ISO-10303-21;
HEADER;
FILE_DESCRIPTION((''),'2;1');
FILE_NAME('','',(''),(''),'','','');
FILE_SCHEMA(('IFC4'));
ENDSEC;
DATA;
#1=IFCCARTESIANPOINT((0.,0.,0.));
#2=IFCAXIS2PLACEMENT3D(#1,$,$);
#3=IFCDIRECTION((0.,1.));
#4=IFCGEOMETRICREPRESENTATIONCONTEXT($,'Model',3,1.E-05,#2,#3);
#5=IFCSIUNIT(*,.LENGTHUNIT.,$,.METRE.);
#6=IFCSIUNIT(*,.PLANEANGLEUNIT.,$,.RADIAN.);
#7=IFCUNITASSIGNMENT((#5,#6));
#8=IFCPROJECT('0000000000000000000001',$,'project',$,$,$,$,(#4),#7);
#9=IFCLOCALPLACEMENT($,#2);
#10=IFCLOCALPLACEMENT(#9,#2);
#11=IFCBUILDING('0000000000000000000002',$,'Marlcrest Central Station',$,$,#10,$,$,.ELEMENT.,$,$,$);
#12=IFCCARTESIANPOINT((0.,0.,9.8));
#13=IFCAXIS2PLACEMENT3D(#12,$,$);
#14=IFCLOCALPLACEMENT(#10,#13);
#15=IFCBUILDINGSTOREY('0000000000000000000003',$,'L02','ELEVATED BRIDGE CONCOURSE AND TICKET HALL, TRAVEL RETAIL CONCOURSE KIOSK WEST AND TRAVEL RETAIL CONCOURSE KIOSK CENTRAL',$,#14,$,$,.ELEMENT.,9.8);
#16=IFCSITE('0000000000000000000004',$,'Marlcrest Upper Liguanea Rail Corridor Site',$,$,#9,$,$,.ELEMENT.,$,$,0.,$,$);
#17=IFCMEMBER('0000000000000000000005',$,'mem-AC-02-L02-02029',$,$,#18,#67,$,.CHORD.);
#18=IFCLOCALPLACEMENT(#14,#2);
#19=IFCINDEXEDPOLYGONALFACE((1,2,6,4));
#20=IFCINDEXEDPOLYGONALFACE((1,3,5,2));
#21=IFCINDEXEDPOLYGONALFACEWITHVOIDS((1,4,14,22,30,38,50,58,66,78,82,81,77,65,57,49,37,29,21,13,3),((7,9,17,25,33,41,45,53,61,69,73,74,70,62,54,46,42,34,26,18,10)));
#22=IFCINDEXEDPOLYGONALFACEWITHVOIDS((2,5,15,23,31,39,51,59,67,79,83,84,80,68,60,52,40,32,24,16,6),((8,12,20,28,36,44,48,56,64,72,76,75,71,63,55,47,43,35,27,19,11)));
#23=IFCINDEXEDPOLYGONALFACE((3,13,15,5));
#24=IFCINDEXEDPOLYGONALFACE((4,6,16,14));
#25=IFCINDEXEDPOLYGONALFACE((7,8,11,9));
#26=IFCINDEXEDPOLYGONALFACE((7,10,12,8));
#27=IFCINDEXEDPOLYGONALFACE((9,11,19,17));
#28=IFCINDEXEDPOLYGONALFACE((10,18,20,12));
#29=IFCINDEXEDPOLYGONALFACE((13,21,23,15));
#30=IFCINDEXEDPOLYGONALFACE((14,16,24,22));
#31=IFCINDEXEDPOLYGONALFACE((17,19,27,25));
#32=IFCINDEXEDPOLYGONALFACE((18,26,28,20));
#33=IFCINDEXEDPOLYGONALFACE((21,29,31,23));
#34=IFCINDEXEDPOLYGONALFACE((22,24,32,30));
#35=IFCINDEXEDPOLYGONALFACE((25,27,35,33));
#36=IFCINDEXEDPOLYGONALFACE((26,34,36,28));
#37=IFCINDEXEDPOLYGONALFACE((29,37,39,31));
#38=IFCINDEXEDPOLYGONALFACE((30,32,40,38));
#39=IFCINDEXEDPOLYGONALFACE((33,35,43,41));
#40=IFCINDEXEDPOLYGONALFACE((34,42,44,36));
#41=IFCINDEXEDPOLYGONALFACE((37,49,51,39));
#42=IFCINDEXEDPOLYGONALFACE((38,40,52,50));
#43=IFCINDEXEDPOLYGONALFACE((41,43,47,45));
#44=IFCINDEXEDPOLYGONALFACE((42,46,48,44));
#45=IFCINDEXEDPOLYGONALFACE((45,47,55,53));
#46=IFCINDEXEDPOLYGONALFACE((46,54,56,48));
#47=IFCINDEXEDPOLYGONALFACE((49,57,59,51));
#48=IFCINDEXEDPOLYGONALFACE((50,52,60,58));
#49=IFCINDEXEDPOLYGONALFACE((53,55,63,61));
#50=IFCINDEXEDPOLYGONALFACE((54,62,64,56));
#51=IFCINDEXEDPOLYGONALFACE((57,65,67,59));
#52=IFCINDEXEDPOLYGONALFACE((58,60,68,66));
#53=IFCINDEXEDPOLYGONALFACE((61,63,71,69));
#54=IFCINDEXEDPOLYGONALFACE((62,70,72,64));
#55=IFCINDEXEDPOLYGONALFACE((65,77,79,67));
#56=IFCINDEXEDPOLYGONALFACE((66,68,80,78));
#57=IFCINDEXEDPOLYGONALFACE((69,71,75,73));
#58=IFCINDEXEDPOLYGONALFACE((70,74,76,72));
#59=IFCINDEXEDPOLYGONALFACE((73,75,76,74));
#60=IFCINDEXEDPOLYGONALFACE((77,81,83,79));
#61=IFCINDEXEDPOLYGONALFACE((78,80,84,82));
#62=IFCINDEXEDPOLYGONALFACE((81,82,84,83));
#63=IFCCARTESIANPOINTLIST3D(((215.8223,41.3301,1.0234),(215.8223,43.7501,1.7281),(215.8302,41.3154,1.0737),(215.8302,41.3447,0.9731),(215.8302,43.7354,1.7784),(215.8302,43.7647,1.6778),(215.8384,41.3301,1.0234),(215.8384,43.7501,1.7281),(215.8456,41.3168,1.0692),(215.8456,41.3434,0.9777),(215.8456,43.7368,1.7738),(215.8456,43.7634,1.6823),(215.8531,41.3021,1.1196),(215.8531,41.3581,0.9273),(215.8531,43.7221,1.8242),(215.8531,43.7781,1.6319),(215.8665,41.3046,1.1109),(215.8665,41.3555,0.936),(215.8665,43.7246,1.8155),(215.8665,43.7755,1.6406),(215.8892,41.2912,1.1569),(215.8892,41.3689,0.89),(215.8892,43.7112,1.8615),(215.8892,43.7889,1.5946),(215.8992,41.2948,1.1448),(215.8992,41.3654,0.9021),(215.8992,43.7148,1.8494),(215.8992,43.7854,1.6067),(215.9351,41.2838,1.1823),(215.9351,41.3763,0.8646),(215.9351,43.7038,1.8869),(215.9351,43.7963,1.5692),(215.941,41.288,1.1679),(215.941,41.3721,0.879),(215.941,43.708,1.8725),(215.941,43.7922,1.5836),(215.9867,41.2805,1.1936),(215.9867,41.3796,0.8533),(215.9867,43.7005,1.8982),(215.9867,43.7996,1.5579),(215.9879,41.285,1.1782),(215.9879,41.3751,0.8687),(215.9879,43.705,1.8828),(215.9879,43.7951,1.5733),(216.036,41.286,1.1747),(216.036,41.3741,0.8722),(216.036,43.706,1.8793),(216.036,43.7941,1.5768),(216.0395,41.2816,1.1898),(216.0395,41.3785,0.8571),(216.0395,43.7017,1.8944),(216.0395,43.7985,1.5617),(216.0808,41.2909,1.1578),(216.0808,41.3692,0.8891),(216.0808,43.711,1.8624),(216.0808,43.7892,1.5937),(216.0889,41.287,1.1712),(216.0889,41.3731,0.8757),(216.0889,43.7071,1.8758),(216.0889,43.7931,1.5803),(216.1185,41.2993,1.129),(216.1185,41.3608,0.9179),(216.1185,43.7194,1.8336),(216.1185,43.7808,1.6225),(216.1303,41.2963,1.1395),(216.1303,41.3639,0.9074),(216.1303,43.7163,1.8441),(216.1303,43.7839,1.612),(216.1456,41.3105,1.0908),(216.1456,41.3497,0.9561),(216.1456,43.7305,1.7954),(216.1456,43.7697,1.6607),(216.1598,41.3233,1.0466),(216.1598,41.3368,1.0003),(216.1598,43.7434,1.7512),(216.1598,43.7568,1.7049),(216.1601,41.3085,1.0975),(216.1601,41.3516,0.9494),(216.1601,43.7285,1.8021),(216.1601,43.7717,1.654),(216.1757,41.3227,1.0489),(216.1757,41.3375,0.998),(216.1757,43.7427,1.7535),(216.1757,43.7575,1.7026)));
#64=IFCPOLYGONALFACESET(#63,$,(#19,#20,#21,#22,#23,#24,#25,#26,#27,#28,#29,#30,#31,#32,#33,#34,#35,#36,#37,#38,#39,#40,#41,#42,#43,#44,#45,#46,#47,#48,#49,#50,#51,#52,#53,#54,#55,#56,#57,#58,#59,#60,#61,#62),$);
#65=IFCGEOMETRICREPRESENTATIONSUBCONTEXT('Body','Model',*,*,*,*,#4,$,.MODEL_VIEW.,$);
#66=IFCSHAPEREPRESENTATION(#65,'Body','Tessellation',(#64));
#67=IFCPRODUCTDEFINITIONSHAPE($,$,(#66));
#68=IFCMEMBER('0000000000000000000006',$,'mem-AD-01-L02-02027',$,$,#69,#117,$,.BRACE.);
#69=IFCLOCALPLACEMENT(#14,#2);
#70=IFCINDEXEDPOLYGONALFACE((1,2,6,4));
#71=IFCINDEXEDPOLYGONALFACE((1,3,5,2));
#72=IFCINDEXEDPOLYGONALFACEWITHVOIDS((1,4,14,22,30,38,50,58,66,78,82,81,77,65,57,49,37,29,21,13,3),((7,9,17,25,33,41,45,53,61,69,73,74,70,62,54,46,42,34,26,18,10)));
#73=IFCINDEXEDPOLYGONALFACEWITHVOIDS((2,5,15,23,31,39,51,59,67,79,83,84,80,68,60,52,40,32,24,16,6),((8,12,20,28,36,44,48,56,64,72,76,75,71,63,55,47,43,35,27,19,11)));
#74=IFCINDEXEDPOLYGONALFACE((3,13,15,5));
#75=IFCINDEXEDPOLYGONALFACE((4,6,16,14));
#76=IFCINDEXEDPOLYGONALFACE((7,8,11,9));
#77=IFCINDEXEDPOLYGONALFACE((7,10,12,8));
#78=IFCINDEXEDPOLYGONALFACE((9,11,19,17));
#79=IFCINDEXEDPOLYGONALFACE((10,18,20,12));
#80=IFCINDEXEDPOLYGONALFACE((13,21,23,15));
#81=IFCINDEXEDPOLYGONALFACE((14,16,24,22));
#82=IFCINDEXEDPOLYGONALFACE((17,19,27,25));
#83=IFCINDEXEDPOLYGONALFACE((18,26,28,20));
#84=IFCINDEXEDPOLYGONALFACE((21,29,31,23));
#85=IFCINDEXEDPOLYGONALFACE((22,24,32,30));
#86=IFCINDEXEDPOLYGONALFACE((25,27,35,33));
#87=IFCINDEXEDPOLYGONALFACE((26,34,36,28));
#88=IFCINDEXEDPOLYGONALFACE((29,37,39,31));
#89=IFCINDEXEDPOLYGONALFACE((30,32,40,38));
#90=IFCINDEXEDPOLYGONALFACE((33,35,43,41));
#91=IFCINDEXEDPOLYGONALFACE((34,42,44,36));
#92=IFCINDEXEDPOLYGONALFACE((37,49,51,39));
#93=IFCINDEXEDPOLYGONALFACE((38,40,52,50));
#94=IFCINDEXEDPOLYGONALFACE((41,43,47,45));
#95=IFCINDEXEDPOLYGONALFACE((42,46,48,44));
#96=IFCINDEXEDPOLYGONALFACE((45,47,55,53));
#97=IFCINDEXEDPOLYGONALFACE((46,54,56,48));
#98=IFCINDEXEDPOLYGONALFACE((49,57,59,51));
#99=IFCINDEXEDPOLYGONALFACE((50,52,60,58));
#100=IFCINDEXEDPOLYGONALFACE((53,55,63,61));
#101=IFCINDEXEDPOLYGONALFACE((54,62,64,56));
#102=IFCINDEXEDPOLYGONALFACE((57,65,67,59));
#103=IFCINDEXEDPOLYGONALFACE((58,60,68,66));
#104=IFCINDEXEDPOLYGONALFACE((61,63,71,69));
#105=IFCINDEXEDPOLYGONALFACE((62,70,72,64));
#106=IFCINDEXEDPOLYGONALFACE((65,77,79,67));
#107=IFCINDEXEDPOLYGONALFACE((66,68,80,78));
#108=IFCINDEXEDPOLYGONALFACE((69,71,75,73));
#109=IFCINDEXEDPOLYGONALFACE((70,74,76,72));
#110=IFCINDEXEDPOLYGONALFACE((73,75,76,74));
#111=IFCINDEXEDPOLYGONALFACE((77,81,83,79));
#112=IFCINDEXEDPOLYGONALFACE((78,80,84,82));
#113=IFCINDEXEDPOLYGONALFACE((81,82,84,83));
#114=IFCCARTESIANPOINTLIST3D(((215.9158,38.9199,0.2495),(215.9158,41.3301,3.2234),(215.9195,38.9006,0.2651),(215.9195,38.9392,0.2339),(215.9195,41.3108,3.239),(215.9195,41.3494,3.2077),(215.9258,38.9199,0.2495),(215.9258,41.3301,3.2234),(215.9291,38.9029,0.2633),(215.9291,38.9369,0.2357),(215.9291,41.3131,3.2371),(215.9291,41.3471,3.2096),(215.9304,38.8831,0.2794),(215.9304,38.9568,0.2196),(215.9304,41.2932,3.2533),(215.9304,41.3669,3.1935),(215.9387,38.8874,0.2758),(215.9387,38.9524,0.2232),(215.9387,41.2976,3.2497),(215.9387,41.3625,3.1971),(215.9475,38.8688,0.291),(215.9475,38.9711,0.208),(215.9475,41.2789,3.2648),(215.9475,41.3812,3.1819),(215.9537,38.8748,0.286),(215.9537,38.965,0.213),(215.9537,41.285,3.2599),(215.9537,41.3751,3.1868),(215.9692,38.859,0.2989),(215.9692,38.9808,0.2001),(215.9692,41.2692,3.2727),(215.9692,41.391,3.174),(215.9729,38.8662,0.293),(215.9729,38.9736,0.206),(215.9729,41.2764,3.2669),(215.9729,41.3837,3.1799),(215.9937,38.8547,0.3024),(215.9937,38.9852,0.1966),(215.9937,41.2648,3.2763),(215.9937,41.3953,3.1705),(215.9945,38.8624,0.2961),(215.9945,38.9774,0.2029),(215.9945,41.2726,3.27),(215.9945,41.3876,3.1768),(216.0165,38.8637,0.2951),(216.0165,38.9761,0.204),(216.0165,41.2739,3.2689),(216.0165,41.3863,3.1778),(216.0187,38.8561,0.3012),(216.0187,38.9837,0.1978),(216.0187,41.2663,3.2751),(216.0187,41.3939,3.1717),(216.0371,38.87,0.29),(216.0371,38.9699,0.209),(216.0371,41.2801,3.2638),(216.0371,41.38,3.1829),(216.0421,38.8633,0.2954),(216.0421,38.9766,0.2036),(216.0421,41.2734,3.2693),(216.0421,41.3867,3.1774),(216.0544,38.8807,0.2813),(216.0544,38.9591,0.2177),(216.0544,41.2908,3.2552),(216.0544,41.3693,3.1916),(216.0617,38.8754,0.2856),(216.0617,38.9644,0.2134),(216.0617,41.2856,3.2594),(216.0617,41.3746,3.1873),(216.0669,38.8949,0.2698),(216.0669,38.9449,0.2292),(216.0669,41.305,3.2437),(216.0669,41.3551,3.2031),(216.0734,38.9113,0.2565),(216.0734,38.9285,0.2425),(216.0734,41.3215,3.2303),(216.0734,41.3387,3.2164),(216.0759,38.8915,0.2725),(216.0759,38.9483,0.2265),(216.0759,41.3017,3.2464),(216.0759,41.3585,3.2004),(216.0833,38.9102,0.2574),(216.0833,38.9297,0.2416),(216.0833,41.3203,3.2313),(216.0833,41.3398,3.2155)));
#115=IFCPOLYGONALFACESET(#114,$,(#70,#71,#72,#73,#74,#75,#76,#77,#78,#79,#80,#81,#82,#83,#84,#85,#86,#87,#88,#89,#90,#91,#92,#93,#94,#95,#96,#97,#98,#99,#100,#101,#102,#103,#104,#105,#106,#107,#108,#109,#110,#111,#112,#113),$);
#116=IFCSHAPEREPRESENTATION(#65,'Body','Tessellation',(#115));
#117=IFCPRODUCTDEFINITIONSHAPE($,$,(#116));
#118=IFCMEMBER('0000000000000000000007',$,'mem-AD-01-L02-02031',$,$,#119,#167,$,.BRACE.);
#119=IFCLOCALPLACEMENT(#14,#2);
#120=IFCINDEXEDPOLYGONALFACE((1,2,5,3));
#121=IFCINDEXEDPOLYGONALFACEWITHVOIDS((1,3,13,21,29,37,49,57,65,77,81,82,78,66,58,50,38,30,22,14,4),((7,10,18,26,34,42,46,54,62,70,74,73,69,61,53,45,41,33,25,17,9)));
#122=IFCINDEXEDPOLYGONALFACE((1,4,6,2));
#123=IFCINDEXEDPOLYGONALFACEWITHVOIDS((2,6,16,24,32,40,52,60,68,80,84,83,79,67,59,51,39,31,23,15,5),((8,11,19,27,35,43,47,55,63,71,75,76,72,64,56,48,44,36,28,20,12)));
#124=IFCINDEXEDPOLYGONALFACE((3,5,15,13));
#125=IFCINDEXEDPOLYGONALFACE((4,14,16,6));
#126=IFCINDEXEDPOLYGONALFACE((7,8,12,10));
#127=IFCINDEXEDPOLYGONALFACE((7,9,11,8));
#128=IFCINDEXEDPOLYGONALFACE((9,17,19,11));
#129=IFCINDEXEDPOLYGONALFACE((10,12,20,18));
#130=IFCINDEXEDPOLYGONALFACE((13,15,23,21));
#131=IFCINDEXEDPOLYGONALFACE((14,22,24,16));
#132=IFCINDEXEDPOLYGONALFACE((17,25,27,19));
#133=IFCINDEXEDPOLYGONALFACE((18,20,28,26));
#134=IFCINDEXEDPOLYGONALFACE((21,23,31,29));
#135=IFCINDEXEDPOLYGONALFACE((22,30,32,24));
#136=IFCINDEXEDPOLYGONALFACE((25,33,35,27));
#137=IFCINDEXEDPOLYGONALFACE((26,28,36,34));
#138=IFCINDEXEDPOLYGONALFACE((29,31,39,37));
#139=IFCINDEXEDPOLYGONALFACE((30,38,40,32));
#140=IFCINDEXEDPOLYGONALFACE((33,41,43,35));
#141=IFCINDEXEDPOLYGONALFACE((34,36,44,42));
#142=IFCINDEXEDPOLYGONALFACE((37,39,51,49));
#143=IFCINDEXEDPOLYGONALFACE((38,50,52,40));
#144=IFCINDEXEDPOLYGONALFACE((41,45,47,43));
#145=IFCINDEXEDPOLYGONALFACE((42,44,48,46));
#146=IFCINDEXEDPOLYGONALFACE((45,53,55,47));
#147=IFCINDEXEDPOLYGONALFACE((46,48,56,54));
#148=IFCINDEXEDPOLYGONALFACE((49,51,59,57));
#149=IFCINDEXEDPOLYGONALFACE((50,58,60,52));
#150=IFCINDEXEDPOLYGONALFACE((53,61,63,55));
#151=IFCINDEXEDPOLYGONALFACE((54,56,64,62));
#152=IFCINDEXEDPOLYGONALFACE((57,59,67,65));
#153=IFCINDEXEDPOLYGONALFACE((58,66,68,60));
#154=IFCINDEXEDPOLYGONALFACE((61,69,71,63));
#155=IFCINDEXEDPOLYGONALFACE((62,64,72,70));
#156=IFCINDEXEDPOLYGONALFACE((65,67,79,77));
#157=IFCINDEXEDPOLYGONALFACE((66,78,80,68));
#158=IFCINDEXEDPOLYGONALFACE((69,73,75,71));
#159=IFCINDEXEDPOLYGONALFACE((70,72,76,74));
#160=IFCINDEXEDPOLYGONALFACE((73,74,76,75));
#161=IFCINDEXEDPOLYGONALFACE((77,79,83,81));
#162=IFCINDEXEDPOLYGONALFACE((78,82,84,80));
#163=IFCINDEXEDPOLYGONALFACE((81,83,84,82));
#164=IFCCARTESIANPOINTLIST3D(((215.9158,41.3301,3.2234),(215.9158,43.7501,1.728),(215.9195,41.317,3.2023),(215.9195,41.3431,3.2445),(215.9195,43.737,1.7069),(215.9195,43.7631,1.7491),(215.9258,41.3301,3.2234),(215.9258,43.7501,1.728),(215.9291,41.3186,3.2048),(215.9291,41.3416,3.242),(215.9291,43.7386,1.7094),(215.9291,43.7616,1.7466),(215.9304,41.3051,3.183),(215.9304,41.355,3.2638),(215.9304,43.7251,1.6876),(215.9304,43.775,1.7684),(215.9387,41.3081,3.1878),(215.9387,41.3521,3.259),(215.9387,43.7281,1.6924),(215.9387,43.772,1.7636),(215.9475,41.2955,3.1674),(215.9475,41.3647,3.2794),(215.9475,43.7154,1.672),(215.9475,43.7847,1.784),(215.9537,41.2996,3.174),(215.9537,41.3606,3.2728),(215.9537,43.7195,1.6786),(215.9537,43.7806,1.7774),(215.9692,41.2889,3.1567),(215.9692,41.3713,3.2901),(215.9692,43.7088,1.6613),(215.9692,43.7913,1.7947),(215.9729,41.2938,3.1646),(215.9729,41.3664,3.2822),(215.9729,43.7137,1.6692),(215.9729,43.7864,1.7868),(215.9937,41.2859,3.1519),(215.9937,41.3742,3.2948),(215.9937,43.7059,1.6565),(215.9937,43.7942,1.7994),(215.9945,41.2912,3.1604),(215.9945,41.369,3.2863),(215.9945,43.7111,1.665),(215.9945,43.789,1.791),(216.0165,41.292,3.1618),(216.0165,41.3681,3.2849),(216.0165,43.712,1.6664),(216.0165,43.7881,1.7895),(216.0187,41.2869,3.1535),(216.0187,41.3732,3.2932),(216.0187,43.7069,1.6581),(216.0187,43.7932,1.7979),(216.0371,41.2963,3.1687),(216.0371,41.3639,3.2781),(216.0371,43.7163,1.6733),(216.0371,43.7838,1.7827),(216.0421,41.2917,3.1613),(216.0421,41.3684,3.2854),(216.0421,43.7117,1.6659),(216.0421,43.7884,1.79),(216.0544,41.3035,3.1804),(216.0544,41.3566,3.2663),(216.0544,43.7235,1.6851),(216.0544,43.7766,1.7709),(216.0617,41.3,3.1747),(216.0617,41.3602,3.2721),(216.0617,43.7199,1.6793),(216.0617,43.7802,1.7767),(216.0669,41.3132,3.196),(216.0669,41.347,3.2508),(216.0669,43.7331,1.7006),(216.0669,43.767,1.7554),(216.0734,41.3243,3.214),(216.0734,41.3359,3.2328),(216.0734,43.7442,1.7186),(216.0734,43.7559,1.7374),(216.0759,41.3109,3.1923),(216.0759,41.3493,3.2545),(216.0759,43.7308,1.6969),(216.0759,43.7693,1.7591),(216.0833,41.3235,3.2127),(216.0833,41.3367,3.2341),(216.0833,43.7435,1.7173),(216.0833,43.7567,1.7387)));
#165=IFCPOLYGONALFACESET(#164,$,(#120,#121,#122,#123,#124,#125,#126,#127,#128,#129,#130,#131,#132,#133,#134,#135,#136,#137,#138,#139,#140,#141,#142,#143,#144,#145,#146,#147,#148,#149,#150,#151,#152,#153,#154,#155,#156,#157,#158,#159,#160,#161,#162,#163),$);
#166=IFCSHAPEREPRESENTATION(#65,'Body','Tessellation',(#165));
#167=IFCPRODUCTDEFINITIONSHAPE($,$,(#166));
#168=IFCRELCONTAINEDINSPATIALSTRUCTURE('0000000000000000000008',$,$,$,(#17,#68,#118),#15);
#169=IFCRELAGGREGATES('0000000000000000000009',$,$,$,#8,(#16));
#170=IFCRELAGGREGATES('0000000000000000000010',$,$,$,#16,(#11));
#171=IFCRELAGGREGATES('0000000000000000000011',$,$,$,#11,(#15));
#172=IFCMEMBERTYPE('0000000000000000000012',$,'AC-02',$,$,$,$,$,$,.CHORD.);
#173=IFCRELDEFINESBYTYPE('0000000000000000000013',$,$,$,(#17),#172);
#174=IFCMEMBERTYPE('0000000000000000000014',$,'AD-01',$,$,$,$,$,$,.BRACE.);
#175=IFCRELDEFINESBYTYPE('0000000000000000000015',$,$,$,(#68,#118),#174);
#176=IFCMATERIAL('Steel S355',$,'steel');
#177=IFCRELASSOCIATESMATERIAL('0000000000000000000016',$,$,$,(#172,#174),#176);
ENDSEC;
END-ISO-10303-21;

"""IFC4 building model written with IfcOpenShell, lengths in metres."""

from ifc_helpers import new_model, si_unit, direction, frame, origin, origin_2d, place, context, subcontext, project, spatial, hollow_circle, extrude, material, material_profile, profile_set, type_object, element, save


model = new_model("IFC4")

# Units and contexts
model_context = context("Model", 3, precision=1e-05, world=origin(), true_north=direction((0.0, 1.0)))
body_context = subcontext(model_context, "Body", "Model", "MODEL_VIEW")
ifc_project = project(units=[si_unit("LENGTHUNIT", "METRE"), si_unit("PLANEANGLEUNIT", "RADIAN")], contexts=[model_context])

# Site, building, storey
site_placement = place(None, origin())
site = spatial("IfcSite", under=ifc_project, at=site_placement, Name="Marlcrest Upper Liguanea Rail Corridor Site", CompositionType="ELEMENT", RefElevation=0.0)
building_placement = place(site_placement, origin())
building = spatial("IfcBuilding", under=site, at=building_placement, Name="Marlcrest Central Station", CompositionType="ELEMENT")
storey_placement = place(building_placement, frame((0.0, 0.0, 9.8)))
storey = spatial("IfcBuildingStorey", under=building, at=storey_placement, Name="L02", Description="ELEVATED BRIDGE CONCOURSE AND TICKET HALL, TRAVEL RETAIL CONCOURSE KIOSK WEST AND TRAVEL RETAIL CONCOURSE KIOSK CENTRAL", CompositionType="ELEMENT", Elevation=9.8)

# Members
ifc_material = material(Name="Steel S355", Category="steel")
ifc_material_profile_1 = material_profile(ifc_material, hollow_circle(Radius=0.1777, WallThickness=0.0161, at=origin_2d()), Name="CHS 355.6x16")
ifc_profile_set_1 = profile_set([ifc_material_profile_1], Name="Steel S355")
member_type_1 = type_object("IfcMemberType", Name="AC-02", PredefinedType="CHORD", material=ifc_profile_set_1)
member_1_placement = place(storey_placement, frame((216.0, 41.3301, 1.0234), z_axis=(0.0, 0.96013, 0.279554), x_axis=(-1.0, 0.0, 0.0)))
element("IfcMember", 1, at=member_1_placement, inside=storey, type_object=member_type_1, Name="mem-AC-02-L02-02029", PredefinedType="CHORD", context=body_context, shape_type="SweptSolid", body=[
    extrude(hollow_circle(Radius=0.1777, WallThickness=0.0161, at=origin_2d()), origin(), (0.0, 0.0, 1.0), 2.5205),
])
ifc_material_profile_2 = material_profile(ifc_material, hollow_circle(Radius=0.0842, WallThickness=0.01, at=origin_2d()), Name="CHS 168.3x10")
ifc_profile_set_2 = profile_set([ifc_material_profile_2], Name="Steel S355")
member_type_2 = type_object("IfcMemberType", Name="AD-01", PredefinedType="BRACE", material=ifc_profile_set_2)
member_2_placement = place(storey_placement, frame((216.0, 38.9199, 0.2495), z_axis=(0.0, 0.629629, 0.776896), x_axis=(-1.0, 0.0, 0.0)))
element("IfcMember", 2, at=member_2_placement, inside=storey, type_object=member_type_2, Name="mem-AD-01-L02-02027", PredefinedType="BRACE", context=body_context, shape_type="SweptSolid", body=[
    extrude(hollow_circle(Radius=0.0842, WallThickness=0.01, at=origin_2d()), origin(), (0.0, 0.0, 1.0), 3.8279),
])
member_3_placement = place(storey_placement, frame((216.0, 41.3301, 3.2234), z_axis=(0.0, 0.850687, -0.525672), x_axis=(-1.0, 0.0, 0.0)))
element("IfcMember", 3, at=member_3_placement, inside=storey, type_object=member_type_2, Name="mem-AD-01-L02-02031", PredefinedType="BRACE", context=body_context, shape_type="SweptSolid", body=[
    extrude(hollow_circle(Radius=0.0842, WallThickness=0.01, at=origin_2d()), origin(), (0.0, 0.0, 1.0), 2.8447),
])

save(model, "model.ifc")
